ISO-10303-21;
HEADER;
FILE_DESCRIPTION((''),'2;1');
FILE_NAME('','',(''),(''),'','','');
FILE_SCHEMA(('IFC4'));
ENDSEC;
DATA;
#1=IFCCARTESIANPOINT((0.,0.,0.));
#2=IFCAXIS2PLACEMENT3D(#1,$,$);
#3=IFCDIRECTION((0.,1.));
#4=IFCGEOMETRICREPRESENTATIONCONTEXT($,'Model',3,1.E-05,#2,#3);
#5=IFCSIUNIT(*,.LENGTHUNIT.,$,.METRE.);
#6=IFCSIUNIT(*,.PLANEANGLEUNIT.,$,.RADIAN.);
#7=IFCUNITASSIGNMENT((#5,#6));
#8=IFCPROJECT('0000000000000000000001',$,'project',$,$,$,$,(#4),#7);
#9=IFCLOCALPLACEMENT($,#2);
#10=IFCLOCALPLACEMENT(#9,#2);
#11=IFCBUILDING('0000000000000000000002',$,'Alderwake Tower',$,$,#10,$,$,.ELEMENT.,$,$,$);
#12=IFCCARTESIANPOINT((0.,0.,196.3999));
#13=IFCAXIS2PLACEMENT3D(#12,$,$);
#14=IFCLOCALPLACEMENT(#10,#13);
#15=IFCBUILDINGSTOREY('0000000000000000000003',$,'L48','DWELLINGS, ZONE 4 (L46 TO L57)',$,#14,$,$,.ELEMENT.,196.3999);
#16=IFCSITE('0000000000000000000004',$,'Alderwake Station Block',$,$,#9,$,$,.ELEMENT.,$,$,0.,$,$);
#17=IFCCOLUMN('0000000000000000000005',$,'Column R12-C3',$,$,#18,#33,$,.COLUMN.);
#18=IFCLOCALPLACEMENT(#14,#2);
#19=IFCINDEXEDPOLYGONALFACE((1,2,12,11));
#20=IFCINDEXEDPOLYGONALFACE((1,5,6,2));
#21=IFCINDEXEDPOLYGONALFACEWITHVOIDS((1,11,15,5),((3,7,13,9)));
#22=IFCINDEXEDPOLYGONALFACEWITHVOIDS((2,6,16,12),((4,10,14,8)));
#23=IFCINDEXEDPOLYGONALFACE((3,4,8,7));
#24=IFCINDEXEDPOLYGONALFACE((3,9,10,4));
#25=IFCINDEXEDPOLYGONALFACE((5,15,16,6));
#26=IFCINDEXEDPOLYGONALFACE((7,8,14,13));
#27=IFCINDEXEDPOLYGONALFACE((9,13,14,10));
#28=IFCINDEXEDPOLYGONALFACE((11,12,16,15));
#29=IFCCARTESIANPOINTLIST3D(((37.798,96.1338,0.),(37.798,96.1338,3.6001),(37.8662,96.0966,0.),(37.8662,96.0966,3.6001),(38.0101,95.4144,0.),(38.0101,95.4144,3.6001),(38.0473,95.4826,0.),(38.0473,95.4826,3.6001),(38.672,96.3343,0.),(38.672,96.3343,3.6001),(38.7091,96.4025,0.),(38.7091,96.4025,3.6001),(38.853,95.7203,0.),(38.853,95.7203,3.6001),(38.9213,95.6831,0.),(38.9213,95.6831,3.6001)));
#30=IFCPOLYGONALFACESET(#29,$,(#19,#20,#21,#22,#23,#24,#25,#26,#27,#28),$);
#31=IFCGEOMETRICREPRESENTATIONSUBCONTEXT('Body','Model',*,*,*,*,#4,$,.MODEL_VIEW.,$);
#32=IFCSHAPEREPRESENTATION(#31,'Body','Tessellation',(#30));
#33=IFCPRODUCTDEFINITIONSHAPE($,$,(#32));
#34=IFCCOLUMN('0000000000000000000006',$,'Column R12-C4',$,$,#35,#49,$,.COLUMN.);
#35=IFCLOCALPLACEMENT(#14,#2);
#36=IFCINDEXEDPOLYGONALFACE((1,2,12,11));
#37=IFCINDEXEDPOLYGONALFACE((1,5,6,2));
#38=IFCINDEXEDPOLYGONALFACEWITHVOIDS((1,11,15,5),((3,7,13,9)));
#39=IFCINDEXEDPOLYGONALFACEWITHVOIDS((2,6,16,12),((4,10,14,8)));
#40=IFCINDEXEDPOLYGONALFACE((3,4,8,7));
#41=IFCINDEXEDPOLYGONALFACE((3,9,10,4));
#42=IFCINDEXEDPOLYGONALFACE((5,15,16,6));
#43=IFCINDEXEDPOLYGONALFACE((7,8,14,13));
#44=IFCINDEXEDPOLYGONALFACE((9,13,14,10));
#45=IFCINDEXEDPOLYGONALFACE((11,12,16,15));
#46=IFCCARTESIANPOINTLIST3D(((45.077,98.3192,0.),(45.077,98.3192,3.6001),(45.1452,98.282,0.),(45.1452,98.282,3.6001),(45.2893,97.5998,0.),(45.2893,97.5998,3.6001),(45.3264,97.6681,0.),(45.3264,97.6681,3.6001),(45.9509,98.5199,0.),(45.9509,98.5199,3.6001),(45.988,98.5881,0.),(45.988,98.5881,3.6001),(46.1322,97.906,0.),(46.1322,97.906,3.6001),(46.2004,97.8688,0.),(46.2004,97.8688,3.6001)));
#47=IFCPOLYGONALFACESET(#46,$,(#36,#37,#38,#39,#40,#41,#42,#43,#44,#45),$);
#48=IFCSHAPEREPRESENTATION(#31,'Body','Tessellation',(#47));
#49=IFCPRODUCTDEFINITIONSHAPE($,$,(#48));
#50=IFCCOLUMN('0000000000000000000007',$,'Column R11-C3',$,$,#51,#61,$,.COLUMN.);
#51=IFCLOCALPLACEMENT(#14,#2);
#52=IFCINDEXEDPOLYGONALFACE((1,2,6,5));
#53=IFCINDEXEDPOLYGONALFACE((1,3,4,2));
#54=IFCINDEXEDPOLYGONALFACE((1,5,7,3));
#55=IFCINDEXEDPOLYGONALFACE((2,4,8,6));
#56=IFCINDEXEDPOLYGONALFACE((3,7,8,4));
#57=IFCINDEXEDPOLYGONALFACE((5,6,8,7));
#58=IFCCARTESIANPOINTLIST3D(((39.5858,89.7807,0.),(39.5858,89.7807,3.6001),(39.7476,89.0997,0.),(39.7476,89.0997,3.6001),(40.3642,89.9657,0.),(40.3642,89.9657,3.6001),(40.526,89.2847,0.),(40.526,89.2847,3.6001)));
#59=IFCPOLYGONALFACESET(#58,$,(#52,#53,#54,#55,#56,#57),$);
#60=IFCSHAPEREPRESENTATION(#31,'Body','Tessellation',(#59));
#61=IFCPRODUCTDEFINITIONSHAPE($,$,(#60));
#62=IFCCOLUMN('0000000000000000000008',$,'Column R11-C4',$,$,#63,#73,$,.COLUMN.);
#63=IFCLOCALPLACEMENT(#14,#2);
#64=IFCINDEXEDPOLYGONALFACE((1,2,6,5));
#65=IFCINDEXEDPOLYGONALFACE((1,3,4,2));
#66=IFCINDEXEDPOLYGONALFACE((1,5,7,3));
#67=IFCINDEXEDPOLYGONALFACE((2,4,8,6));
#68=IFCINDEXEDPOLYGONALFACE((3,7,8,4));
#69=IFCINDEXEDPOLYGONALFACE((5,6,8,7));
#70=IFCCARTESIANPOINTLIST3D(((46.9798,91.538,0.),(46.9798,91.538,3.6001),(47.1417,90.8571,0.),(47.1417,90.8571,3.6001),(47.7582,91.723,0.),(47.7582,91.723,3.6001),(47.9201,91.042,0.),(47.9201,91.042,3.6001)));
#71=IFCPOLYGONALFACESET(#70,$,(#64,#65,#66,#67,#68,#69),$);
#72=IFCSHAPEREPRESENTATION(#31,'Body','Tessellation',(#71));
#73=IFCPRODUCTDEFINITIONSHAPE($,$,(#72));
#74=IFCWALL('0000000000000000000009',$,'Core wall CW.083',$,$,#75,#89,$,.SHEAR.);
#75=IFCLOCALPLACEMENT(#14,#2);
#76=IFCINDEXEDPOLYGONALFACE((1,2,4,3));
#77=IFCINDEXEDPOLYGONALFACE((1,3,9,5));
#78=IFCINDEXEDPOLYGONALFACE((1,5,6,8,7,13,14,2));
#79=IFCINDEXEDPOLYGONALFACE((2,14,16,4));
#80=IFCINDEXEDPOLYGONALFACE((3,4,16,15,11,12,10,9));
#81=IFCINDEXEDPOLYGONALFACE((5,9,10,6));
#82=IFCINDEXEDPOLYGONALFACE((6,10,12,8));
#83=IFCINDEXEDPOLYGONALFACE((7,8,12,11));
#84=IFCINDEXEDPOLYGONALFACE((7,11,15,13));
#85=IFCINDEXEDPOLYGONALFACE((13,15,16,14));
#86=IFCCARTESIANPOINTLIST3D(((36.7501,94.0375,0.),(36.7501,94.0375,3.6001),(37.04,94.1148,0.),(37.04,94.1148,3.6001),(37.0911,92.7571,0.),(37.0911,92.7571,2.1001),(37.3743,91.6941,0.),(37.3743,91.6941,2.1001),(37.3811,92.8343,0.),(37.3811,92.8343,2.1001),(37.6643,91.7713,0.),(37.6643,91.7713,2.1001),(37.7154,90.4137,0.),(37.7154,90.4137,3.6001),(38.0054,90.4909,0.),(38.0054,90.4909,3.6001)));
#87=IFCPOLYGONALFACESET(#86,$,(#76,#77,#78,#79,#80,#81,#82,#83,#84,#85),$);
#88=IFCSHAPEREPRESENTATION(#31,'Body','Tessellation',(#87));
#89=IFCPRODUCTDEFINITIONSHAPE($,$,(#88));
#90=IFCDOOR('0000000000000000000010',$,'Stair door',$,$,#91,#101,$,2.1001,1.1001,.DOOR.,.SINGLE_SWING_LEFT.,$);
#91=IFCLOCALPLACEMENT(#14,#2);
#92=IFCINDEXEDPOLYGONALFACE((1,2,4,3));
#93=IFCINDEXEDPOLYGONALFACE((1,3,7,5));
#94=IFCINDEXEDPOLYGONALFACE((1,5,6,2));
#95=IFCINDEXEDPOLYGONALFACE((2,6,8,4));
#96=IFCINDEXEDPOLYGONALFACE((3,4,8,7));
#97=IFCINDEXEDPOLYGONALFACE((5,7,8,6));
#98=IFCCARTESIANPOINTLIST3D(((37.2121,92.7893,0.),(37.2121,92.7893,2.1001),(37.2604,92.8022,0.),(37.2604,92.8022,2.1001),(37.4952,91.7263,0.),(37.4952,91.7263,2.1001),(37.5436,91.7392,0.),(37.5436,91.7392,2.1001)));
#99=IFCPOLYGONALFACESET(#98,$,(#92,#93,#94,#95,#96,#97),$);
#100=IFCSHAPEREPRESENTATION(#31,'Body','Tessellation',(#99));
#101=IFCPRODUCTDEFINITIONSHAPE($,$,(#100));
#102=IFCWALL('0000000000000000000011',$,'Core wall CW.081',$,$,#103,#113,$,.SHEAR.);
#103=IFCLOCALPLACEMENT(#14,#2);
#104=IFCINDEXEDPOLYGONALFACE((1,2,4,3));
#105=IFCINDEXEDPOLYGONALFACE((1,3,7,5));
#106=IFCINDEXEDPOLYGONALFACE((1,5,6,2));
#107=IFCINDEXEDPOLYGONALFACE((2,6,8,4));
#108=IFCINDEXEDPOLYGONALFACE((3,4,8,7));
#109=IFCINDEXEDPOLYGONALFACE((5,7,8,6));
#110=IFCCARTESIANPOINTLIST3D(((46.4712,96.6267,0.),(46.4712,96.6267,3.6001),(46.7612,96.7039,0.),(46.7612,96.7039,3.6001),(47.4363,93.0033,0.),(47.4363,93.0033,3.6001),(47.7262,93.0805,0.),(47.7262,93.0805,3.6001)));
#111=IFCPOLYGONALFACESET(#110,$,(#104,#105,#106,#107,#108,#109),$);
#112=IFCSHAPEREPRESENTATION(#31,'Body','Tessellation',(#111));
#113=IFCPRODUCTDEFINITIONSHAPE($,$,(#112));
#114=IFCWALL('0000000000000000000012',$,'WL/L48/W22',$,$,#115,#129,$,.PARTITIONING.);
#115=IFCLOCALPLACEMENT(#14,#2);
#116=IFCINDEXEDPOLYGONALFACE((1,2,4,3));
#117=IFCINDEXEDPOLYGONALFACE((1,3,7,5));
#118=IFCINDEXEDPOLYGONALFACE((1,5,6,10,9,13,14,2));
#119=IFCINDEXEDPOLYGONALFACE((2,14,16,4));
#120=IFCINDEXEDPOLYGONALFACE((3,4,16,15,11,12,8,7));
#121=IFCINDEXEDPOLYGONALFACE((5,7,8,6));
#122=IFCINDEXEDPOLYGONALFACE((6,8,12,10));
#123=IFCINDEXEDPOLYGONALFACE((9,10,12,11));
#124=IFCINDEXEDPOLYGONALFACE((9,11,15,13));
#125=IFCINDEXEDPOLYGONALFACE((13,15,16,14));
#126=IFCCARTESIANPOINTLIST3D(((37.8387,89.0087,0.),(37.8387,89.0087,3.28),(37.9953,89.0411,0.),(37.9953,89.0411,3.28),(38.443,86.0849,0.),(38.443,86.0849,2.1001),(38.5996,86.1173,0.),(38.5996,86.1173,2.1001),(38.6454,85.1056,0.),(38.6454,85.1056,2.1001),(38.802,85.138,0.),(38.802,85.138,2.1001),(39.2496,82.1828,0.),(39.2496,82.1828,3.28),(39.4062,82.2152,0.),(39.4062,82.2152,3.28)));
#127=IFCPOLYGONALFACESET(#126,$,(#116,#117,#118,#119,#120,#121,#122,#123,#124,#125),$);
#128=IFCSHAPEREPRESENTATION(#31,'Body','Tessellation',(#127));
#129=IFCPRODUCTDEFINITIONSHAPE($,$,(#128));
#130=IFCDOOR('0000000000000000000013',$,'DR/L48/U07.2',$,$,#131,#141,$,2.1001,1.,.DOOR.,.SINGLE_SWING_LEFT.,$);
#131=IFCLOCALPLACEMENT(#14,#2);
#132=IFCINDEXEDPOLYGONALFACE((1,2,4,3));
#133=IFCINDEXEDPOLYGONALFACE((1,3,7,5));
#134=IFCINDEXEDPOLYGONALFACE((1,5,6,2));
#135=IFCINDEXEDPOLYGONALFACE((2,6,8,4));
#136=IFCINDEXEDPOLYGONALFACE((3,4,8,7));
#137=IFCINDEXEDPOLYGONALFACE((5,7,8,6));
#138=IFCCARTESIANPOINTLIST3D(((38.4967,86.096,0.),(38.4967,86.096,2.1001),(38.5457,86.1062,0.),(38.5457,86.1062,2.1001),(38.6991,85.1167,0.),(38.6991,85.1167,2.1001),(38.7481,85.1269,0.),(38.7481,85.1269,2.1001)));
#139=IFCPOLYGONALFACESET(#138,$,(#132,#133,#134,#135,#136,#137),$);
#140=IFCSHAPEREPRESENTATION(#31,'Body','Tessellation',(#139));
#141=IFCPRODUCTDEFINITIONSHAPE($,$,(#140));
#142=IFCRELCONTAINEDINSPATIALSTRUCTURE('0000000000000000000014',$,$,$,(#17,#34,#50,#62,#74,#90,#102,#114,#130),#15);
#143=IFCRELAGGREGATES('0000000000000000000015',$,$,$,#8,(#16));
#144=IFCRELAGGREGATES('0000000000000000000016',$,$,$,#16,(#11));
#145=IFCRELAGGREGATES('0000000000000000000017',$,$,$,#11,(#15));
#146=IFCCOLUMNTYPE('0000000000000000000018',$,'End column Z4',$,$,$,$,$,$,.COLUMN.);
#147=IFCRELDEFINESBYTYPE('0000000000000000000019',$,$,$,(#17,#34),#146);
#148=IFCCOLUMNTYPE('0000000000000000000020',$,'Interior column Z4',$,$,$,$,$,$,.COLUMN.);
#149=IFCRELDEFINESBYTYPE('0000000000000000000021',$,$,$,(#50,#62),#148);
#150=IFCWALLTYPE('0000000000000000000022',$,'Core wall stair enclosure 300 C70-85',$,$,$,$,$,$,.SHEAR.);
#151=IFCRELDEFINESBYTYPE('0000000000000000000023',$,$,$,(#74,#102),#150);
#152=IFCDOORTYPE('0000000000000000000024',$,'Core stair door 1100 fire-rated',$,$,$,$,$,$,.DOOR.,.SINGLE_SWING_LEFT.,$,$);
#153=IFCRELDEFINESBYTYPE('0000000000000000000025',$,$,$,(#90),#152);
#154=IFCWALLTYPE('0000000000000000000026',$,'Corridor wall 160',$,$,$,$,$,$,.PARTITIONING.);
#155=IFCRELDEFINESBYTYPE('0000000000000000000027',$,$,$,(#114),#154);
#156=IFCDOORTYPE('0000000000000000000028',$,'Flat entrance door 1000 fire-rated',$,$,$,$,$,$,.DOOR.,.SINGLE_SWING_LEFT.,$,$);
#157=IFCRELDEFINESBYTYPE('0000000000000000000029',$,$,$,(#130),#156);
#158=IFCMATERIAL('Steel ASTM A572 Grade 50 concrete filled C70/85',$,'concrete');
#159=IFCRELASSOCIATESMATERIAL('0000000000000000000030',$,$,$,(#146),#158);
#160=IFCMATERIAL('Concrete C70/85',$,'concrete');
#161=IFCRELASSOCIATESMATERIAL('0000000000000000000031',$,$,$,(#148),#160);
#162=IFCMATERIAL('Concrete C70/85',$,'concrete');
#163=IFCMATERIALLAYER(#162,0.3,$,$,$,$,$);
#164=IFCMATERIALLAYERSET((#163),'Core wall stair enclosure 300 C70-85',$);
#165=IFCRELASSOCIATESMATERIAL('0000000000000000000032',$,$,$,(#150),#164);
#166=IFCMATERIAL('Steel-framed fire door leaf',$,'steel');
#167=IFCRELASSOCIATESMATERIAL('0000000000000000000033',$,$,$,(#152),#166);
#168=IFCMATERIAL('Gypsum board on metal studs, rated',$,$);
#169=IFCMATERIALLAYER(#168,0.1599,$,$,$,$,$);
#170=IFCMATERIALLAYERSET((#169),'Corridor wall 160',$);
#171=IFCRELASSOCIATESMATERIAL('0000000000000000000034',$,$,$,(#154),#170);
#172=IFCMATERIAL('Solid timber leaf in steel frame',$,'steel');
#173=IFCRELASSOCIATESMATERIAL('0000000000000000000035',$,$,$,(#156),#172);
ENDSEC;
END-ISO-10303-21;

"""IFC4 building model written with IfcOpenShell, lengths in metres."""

from ifc_helpers import new_model, si_unit, direction, frame, frame_2d, origin, origin_2d, place, context, subcontext, project, spatial, rectangle, hollow_rectangle, extrude, material, layer, layer_set, material_profile, profile_set, type_object, element, fill, save


model = new_model("IFC4")

# Units and contexts
model_context = context("Model", 3, precision=1e-05, world=origin(), true_north=direction((0.0, 1.0)))
body_context = subcontext(model_context, "Body", "Model", "MODEL_VIEW")
ifc_project = project(units=[si_unit("LENGTHUNIT", "METRE"), si_unit("PLANEANGLEUNIT", "RADIAN")], contexts=[model_context])

# Site, building, storey
site_placement = place(None, origin())
site = spatial("IfcSite", under=ifc_project, at=site_placement, Name="Alderwake Station Block", CompositionType="ELEMENT", RefElevation=0.0)
building_placement = place(site_placement, origin())
building = spatial("IfcBuilding", under=site, at=building_placement, Name="Alderwake Tower", CompositionType="ELEMENT")
storey_placement = place(building_placement, frame((0.0, 0.0, 196.3999)))
storey = spatial("IfcBuildingStorey", under=building, at=storey_placement, Name="L48", Description="DWELLINGS, ZONE 4 (L46 TO L57)", CompositionType="ELEMENT", Elevation=196.3999)

# Columns
ifc_material_1 = material(Name="Steel ASTM A572 Grade 50 concrete filled C70/85", Category="concrete")
ifc_material_profile_1 = material_profile(ifc_material_1, hollow_rectangle(XDim=0.75, YDim=0.95, WallThickness=0.0549, at=origin_2d()), Name="BOX 950X750X55")
ifc_profile_set_1 = profile_set([ifc_material_profile_1], Name="Steel ASTM A572 Grade 50 concrete filled C70/85")
column_type_1 = type_object("IfcColumnType", Name="End column Z4", PredefinedType="COLUMN", material=ifc_profile_set_1)
for number, where, z_axis, x_axis, name in (
    (1, (38.3596, 95.9084, 0.0), (0.0, 0.0, 1.0), (-0.282889, 0.959153, 0.0), "Column R12-C3"),
    (2, (45.6387, 98.094, 0.0), (0.0, 0.0, 1.0), (-0.28316, 0.959073, 0.0), "Column R12-C4"),
):
    element("IfcColumn", number, at=place(storey_placement, frame(where, z_axis=z_axis, x_axis=x_axis)), inside=storey, type_object=column_type_1, Name=name, PredefinedType="COLUMN", context=body_context, shape_type="SweptSolid", body=[
        extrude(hollow_rectangle(XDim=0.75, YDim=0.95, WallThickness=0.0549, at=origin_2d()), origin(), (0.0, 0.0, 1.0), 3.6001),
    ])
ifc_material_2 = material(Name="Concrete C70/85", Category="concrete")
ifc_material_profile_2 = material_profile(ifc_material_2, rectangle(XDim=0.7, YDim=0.8, at=origin_2d()), Name="RC 800X700")
ifc_profile_set_2 = profile_set([ifc_material_profile_2], Name="Concrete C70/85")
column_type_2 = type_object("IfcColumnType", Name="Interior column Z4", PredefinedType="COLUMN", material=ifc_profile_set_2)
for number, where, z_axis, x_axis, name in (
    (3, (40.0559, 89.5327, 0.0), (0.0, 0.0, 1.0), (-0.231222, 0.972901, 0.0), "Column R11-C3"),
    (4, (47.45, 91.29, 0.0), (0.0, 0.0, 1.0), (-0.231222, 0.972901, 0.0), "Column R11-C4"),
):
    element("IfcColumn", number, at=place(storey_placement, frame(where, z_axis=z_axis, x_axis=x_axis)), inside=storey, type_object=column_type_2, Name=name, PredefinedType="COLUMN", context=body_context, shape_type="SweptSolid", body=[
        extrude(rectangle(XDim=0.7, YDim=0.8, at=origin_2d()), origin(), (0.0, 0.0, 1.0), 3.6001),
    ])

# Wall, opening, door
ifc_material_3 = material(Name="Concrete C70/85", Category="concrete")
ifc_layer_1 = layer(ifc_material_3, 0.3)
ifc_layer_set_1 = layer_set([ifc_layer_1], Name="Core wall stair enclosure 300 C70-85")
wall_type_1 = type_object("IfcWallType", Name="Core wall stair enclosure 300 C70-85", PredefinedType="SHEAR", material=ifc_layer_set_1)
wall_1_placement = place(storey_placement, frame((37.8604, 90.4524, 0.0), z_axis=(0.0, 0.0, 1.0), x_axis=(-0.257411, 0.966302, 0.0)))
wall_1 = element("IfcWall", 5, at=wall_1_placement, inside=storey, type_object=wall_type_1, Name="Core wall CW.083", PredefinedType="SHEAR", context=body_context, shape_type="SweptSolid", body=[
    extrude(rectangle(XDim=3.7502, YDim=0.3, at=frame_2d((1.875, 0.0))), origin(), (0.0, 0.0, 1.0), 3.6001),
])
opening_1_placement = place(wall_1_placement, frame((1.325, 0.0, 0.0)))
opening_1 = element("IfcOpeningElement", 6, at=opening_1_placement, cuts=wall_1, PredefinedType="OPENING", context=body_context, shape_type="SweptSolid", body=[
    extrude(rectangle(XDim=1.1001, YDim=2.1001, at=frame_2d((0.55, 1.05))), frame((0.0, 0.1599, 0.0), z_axis=(0.0, -1.0, 0.0), x_axis=(1.0, 0.0, 0.0)), (0.0, 0.0, 1.0), 0.3201),
])
ifc_material_4 = material(Name="Steel-framed fire door leaf", Category="steel")
door_type_1 = type_object("IfcDoorType", Name="Core stair door 1100 fire-rated", OperationType="SINGLE_SWING_LEFT", PredefinedType="DOOR", material=ifc_material_4)
door_1_placement = place(opening_1_placement, origin())
door_1 = element("IfcDoor", 7, at=door_1_placement, inside=storey, type_object=door_type_1, Name="Stair door", OperationType="SINGLE_SWING_LEFT", OverallHeight=2.1001, OverallWidth=1.1001, PredefinedType="DOOR", context=body_context, shape_type="SweptSolid", body=[
    extrude(rectangle(XDim=1.1001, YDim=2.1001, at=frame_2d((0.55, 1.05))), frame((0.0, 0.0249, 0.0), z_axis=(0.0, -1.0, 0.0), x_axis=(1.0, 0.0, 0.0)), (0.0, 0.0, 1.0), 0.05),
])
fill(opening_1, door_1)

# Wall
wall_2_placement = place(storey_placement, frame((47.5813, 93.0417, 0.0), z_axis=(0.0, 0.0, 1.0), x_axis=(-0.257367, 0.966314, 0.0)))
element("IfcWall", 8, at=wall_2_placement, inside=storey, type_object=wall_type_1, Name="Core wall CW.081", PredefinedType="SHEAR", context=body_context, shape_type="SweptSolid", body=[
    extrude(rectangle(XDim=3.7498, YDim=0.3, at=frame_2d((1.875, 0.0))), origin(), (0.0, 0.0, 1.0), 3.6001),
])

# Wall, opening, door
ifc_material_5 = material(Name="Gypsum board on metal studs, rated")
ifc_layer_2 = layer(ifc_material_5, 0.1599)
ifc_layer_set_2 = layer_set([ifc_layer_2], Name="Corridor wall 160")
wall_type_2 = type_object("IfcWallType", Name="Corridor wall 160", PredefinedType="PARTITIONING", material=ifc_layer_set_2)
wall_3_placement = place(storey_placement, frame((37.917, 89.0249, 0.0), z_axis=(0.0, 0.0, 1.0), x_axis=(0.202417, -0.979299, 0.0)))
wall_3 = element("IfcWall", 9, at=wall_3_placement, inside=storey, type_object=wall_type_2, Name="WL/L48/W22", PredefinedType="PARTITIONING", context=body_context, shape_type="SweptSolid", body=[
    extrude(rectangle(XDim=6.9702, YDim=0.1599, at=frame_2d((3.4851, 0.0))), origin(), (0.0, 0.0, 1.0), 3.28),
])
opening_2_placement = place(wall_3_placement, frame((2.9856, 0.0, 0.0)))
opening_2 = element("IfcOpeningElement", 10, at=opening_2_placement, cuts=wall_3, PredefinedType="OPENING", context=body_context, shape_type="SweptSolid", body=[
    extrude(rectangle(XDim=1.0, YDim=2.1001, at=frame_2d((0.5, 1.05))), frame((0.0, 0.0898, 0.0), z_axis=(0.0, -1.0, 0.0), x_axis=(1.0, 0.0, 0.0)), (0.0, 0.0, 1.0), 0.1799),
])
ifc_material_6 = material(Name="Solid timber leaf in steel frame", Category="steel")
door_type_2 = type_object("IfcDoorType", Name="Flat entrance door 1000 fire-rated", OperationType="SINGLE_SWING_LEFT", PredefinedType="DOOR", material=ifc_material_6)
door_2_placement = place(opening_2_placement, origin())
door_2 = element("IfcDoor", 11, at=door_2_placement, inside=storey, type_object=door_type_2, Name="DR/L48/U07.2", OperationType="SINGLE_SWING_LEFT", OverallHeight=2.1001, OverallWidth=1.0, PredefinedType="DOOR", context=body_context, shape_type="SweptSolid", body=[
    extrude(rectangle(XDim=1.0, YDim=2.1001, at=frame_2d((0.5, 1.05))), frame((0.0, 0.0249, 0.0), z_axis=(0.0, -1.0, 0.0), x_axis=(1.0, 0.0, 0.0)), (0.0, 0.0, 1.0), 0.05),
])
fill(opening_2, door_2)

save(model, "model.ifc")
